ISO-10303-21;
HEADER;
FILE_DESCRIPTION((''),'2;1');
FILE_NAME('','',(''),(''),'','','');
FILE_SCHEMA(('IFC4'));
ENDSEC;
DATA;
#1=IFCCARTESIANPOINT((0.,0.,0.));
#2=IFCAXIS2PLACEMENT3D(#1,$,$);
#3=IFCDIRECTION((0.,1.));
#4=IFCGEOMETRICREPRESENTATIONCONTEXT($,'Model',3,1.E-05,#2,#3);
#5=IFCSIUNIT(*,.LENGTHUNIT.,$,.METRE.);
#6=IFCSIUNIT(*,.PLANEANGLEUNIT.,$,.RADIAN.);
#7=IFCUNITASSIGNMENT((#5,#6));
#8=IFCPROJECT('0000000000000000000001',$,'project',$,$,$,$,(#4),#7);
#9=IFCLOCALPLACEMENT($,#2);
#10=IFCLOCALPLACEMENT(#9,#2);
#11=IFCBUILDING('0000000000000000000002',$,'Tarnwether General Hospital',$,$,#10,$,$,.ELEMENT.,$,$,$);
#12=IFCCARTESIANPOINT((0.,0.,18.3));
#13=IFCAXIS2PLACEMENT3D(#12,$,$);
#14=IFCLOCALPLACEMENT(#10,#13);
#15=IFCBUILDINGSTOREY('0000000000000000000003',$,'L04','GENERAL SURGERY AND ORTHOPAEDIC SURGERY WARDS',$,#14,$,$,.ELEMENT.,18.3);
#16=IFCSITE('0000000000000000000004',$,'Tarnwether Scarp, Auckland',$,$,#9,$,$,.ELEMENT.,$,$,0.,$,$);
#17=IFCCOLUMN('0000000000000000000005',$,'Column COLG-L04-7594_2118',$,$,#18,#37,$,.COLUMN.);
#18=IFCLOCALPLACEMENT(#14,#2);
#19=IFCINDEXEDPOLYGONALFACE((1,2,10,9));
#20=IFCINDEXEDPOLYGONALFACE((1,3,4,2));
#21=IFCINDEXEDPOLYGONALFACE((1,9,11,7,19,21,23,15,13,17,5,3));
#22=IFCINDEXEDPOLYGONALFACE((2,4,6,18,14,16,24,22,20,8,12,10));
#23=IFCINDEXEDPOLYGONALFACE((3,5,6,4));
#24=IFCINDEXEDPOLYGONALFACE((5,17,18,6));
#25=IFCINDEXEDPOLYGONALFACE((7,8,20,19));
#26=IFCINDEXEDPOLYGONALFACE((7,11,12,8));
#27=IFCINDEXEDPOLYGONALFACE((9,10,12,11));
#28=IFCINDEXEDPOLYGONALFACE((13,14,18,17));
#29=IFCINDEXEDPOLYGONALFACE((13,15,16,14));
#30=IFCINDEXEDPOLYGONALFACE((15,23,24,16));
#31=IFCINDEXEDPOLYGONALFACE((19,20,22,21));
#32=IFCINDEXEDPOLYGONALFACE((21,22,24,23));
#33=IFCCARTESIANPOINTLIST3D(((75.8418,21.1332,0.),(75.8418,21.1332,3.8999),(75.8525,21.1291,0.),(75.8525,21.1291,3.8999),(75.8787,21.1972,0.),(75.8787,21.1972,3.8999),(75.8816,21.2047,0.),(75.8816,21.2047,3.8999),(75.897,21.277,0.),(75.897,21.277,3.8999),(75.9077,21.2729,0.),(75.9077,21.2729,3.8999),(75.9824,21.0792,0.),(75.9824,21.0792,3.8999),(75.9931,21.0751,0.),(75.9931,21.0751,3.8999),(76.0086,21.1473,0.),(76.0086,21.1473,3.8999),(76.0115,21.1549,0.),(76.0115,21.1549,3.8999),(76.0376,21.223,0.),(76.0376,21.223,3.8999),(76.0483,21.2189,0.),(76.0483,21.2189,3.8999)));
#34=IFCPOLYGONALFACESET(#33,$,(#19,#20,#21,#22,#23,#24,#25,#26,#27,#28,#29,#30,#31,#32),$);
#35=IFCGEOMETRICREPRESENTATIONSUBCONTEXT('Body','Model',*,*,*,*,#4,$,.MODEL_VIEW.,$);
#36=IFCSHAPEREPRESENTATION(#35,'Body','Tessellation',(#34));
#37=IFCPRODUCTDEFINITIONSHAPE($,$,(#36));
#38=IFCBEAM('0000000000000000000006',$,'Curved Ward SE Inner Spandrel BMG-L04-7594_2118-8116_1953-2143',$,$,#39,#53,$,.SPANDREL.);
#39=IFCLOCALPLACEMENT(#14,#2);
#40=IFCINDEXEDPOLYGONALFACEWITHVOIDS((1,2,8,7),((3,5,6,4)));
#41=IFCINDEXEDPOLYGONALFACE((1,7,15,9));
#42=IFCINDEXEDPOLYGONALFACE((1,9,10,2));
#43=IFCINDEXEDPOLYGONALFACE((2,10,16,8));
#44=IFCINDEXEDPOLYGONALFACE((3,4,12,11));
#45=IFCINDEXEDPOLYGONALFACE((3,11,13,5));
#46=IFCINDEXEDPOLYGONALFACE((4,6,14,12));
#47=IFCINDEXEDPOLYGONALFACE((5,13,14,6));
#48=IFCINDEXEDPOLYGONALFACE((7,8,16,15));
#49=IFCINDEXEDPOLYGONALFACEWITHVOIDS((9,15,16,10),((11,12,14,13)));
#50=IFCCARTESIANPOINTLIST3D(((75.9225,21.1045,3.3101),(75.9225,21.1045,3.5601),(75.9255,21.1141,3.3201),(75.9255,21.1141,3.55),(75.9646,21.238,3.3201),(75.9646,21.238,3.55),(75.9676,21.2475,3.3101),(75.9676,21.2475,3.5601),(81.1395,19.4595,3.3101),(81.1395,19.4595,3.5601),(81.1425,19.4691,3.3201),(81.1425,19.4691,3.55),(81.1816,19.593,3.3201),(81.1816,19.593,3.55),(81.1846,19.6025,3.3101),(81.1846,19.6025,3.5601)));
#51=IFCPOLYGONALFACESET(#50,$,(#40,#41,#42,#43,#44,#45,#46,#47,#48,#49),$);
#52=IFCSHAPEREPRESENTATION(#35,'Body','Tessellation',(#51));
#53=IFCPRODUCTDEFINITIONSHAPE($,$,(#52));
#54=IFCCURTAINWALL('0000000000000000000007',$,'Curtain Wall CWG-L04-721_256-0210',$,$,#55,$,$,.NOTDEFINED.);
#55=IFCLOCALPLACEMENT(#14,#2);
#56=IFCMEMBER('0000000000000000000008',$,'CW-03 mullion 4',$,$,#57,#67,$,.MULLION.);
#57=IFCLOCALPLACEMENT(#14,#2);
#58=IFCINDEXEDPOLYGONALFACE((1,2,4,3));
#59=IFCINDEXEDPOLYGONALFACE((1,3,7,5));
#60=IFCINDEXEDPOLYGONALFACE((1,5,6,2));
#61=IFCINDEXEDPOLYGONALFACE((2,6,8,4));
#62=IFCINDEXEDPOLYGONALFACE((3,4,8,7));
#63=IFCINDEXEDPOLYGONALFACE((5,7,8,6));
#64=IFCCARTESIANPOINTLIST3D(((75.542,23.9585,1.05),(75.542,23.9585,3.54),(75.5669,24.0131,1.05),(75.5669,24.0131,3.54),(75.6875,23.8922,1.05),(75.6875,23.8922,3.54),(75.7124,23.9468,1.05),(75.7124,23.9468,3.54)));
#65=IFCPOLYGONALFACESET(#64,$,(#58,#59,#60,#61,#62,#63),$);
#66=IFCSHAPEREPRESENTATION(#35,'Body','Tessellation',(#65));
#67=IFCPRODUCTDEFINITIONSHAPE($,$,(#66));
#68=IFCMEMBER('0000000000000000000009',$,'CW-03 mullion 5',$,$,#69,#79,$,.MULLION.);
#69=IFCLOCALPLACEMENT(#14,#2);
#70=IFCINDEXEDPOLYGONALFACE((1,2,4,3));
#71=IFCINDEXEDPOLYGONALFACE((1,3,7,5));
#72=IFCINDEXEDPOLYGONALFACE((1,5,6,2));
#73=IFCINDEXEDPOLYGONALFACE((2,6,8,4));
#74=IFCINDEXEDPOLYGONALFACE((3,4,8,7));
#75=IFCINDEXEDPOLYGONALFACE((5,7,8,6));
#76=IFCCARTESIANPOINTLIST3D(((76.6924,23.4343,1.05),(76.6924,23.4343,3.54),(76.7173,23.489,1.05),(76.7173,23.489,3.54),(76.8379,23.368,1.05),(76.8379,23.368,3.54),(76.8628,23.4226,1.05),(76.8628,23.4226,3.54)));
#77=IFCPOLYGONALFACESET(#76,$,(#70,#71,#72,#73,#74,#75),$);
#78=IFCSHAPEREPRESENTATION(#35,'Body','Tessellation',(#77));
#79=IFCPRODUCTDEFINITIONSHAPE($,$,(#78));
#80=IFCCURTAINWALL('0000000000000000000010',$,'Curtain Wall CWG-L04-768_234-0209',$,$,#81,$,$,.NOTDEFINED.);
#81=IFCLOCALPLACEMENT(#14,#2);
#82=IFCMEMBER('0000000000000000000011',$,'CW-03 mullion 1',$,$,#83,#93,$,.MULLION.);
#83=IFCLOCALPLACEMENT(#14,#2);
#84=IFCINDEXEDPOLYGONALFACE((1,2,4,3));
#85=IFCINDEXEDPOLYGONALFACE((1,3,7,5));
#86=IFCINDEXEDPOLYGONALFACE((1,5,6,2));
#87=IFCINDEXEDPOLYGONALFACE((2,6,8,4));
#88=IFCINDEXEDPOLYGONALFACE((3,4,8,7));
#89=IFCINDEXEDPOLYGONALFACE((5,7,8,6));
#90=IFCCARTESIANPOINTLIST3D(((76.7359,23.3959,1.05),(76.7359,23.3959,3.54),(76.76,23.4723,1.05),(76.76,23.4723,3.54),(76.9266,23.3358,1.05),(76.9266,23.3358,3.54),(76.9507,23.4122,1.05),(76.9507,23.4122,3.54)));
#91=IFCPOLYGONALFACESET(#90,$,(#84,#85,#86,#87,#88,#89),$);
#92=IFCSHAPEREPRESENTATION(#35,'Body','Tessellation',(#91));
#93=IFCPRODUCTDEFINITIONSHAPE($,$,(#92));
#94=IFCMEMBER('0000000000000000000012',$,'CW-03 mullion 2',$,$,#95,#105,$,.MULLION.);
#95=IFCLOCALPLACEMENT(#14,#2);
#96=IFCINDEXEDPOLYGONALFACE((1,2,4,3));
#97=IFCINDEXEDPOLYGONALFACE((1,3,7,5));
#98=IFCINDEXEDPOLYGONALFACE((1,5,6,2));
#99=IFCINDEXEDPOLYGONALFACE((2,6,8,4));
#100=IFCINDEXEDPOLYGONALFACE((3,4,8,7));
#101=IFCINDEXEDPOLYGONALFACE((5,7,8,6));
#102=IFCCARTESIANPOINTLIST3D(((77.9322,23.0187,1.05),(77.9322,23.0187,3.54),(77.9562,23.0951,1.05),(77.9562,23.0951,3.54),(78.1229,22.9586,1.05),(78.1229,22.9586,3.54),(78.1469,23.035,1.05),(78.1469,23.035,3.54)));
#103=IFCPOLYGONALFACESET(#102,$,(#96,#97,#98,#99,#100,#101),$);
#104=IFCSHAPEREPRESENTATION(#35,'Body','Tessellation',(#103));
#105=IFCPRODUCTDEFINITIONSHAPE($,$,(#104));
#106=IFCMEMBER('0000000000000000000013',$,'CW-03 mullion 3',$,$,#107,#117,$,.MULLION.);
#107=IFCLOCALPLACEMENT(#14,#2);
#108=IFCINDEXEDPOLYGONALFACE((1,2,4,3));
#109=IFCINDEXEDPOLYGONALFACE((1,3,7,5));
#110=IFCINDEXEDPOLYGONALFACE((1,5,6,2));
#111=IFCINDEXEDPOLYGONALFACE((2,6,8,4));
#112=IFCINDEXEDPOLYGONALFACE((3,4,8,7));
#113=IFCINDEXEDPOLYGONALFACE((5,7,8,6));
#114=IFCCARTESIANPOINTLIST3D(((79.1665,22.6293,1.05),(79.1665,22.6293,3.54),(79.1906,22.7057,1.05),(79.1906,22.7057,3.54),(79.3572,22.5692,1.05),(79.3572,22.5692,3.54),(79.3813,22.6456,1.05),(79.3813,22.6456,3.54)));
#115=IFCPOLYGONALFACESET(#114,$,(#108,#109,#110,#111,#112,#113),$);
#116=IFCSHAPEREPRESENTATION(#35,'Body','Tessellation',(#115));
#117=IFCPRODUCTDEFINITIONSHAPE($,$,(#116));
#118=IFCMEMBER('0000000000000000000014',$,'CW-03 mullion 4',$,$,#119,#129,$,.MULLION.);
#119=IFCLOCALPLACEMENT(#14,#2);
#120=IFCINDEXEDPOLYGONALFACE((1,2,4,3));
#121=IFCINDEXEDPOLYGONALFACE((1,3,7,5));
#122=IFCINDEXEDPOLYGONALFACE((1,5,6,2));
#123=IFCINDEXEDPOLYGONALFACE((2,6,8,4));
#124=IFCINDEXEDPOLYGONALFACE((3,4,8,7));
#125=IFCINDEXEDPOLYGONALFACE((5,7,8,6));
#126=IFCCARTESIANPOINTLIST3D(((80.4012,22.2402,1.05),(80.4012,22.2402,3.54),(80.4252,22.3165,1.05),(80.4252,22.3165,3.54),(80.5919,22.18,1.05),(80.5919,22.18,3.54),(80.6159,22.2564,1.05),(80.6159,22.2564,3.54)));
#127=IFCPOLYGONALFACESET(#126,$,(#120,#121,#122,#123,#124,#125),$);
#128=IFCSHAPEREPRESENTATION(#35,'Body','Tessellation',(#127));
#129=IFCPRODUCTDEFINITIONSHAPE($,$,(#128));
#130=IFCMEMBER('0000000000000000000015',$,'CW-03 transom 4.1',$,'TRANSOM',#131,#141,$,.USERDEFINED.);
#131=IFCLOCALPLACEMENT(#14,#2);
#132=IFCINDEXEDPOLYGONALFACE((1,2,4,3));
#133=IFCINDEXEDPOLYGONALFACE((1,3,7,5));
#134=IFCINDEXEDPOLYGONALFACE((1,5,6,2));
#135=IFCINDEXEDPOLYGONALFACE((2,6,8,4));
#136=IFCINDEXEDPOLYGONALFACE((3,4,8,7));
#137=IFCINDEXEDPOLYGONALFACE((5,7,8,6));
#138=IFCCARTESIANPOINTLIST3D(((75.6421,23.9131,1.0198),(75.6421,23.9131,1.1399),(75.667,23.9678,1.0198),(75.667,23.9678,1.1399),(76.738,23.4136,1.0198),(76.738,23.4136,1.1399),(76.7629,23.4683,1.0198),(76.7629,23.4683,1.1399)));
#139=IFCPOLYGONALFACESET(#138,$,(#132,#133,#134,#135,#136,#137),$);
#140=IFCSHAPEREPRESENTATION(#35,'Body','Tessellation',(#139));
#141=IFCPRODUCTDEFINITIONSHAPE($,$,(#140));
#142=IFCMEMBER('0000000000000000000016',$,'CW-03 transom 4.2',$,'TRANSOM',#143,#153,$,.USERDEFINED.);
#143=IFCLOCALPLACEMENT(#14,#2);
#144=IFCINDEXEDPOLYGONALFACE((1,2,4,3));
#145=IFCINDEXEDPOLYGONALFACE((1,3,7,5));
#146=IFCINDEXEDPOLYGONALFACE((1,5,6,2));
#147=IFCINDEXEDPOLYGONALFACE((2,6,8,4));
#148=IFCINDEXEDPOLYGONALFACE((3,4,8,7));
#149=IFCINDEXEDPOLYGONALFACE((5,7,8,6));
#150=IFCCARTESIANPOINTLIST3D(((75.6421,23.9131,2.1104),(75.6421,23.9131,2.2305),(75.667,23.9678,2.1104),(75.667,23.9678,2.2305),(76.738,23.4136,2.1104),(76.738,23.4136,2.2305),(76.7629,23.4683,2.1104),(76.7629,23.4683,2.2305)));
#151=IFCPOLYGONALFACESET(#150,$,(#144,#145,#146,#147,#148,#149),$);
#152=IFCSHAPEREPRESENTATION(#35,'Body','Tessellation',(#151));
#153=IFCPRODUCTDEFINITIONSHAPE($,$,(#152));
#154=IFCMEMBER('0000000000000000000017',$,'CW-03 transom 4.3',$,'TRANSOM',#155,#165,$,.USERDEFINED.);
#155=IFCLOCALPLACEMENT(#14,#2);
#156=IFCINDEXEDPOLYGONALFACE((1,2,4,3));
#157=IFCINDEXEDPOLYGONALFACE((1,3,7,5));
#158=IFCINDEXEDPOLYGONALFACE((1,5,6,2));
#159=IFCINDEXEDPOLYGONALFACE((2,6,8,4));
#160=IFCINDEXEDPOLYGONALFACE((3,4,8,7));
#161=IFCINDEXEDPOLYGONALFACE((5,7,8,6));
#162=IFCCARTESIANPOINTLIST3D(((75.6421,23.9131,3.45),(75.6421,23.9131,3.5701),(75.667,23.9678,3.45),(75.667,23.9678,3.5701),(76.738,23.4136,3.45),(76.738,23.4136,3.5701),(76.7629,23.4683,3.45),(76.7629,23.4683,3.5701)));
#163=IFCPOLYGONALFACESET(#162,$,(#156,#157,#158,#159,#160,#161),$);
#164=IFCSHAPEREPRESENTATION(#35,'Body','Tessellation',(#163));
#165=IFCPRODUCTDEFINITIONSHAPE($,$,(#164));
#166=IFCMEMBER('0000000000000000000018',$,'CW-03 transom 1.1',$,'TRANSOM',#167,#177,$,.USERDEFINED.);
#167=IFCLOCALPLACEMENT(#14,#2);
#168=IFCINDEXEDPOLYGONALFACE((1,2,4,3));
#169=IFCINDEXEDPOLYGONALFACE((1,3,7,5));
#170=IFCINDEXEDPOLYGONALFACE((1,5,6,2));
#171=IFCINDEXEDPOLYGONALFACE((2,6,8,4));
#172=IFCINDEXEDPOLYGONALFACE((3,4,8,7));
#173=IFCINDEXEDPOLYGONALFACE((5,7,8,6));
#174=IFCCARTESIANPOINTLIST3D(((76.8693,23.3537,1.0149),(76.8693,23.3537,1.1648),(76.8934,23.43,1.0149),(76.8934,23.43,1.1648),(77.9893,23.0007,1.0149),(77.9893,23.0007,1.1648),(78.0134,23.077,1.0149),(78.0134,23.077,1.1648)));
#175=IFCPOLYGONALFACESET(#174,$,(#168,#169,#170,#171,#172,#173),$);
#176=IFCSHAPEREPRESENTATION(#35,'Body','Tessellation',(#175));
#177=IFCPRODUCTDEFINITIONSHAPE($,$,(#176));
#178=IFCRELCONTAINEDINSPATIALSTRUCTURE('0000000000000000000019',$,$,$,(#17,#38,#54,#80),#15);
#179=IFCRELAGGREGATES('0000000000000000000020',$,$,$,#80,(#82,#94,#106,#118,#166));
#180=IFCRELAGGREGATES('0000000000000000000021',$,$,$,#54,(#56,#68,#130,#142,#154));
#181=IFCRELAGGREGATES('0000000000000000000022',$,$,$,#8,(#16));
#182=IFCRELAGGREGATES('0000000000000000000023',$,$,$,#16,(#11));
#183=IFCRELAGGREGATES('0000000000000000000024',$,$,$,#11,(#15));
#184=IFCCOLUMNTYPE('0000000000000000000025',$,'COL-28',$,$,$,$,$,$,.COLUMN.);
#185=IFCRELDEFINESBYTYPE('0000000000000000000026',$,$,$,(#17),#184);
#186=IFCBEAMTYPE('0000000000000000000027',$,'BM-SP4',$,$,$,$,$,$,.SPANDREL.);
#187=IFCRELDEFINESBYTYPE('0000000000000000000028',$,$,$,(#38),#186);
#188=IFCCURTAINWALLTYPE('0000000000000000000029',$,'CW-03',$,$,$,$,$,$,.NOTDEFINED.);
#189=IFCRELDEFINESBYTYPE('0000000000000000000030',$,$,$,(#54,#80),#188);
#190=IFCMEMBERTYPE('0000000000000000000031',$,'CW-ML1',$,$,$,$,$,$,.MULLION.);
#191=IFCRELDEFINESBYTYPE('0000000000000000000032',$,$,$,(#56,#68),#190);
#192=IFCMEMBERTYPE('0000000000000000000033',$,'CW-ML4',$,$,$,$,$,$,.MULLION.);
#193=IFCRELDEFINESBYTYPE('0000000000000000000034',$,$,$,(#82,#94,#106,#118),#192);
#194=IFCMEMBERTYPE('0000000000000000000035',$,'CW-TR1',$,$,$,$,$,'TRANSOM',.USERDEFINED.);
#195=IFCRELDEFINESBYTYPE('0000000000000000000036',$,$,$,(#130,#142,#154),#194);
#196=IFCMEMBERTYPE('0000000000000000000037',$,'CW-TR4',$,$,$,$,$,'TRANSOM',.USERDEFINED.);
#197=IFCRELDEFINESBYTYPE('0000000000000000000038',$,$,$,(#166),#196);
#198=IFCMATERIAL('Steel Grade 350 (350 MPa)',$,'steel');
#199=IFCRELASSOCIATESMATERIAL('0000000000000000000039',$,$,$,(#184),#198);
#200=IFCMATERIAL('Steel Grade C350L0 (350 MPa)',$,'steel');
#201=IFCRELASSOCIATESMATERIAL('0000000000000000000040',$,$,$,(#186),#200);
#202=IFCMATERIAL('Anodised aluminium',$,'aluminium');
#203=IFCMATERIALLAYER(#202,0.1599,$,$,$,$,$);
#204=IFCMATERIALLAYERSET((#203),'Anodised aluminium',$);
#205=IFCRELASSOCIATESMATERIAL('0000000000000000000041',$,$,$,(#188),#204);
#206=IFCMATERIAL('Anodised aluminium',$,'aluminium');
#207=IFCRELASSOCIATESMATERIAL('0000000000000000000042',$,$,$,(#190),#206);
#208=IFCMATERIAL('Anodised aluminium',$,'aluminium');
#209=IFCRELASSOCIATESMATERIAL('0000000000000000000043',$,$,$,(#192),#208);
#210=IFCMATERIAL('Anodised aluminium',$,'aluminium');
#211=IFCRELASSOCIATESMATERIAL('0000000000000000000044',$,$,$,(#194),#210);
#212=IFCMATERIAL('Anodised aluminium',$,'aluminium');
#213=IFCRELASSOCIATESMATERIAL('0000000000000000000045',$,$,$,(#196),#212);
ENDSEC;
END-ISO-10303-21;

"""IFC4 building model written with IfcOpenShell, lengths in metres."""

from ifc_helpers import new_model, si_unit, direction, frame, origin, origin_2d, place, context, subcontext, project, spatial, rectangle, hollow_rectangle, i_section, extrude, material, layer, layer_set, material_profile, profile_set, type_object, element, aggregate, save


model = new_model("IFC4")

# Units and contexts
model_context = context("Model", 3, precision=1e-05, world=origin(), true_north=direction((0.0, 1.0)))
body_context = subcontext(model_context, "Body", "Model", "MODEL_VIEW")
ifc_project = project(units=[si_unit("LENGTHUNIT", "METRE"), si_unit("PLANEANGLEUNIT", "RADIAN")], contexts=[model_context])

# Site, building, storey
site_placement = place(None, origin())
site = spatial("IfcSite", under=ifc_project, at=site_placement, Name="Tarnwether Scarp, Auckland", CompositionType="ELEMENT", RefElevation=0.0)
building_placement = place(site_placement, origin())
building = spatial("IfcBuilding", under=site, at=building_placement, Name="Tarnwether General Hospital", CompositionType="ELEMENT")
storey_placement = place(building_placement, frame((0.0, 0.0, 18.3)))
storey = spatial("IfcBuildingStorey", under=building, at=storey_placement, Name="L04", Description="GENERAL SURGERY AND ORTHOPAEDIC SURGERY WARDS", CompositionType="ELEMENT", Elevation=18.3)

# Column
ifc_material_1 = material(Name="Steel Grade 350 (350 MPa)", Category="steel")
ifc_material_profile_1 = material_profile(ifc_material_1, i_section(OverallWidth=0.1541, OverallDepth=0.1621, WebThickness=0.0081, FlangeThickness=0.0115, at=origin_2d()), Name="150UC37.2")
ifc_profile_set_1 = profile_set([ifc_material_profile_1], Name="Steel Grade 350 (350 MPa)")
column_type = type_object("IfcColumnType", Name="COL-28", PredefinedType="COLUMN", material=ifc_profile_set_1)
column_placement = place(storey_placement, frame((75.9451, 21.176, 0.0), z_axis=(0.0, 0.0, 1.0), x_axis=(0.358368, 0.93358, 0.0)))
element("IfcColumn", 1, at=column_placement, inside=storey, type_object=column_type, Name="Column COLG-L04-7594_2118", PredefinedType="COLUMN", context=body_context, shape_type="SweptSolid", body=[
    extrude(i_section(OverallWidth=0.1541, OverallDepth=0.1621, WebThickness=0.0081, FlangeThickness=0.0115, at=origin_2d()), origin(), (0.0, 0.0, 1.0), 3.8999),
])

# Beam
ifc_material_2 = material(Name="Steel Grade C350L0 (350 MPa)", Category="steel")
ifc_material_profile_2 = material_profile(ifc_material_2, hollow_rectangle(XDim=0.1499, YDim=0.25, WallThickness=0.01, at=origin_2d()), Name="RHS250x150x10")
ifc_profile_set_2 = profile_set([ifc_material_profile_2], Name="Steel Grade C350L0 (350 MPa)")
beam_type = type_object("IfcBeamType", Name="BM-SP4", PredefinedType="SPANDREL", material=ifc_profile_set_2)
beam_placement = place(storey_placement, frame((75.9451, 21.176, 3.4351), z_axis=(0.953712, -0.300721, 0.0), x_axis=(0.300721, 0.953712, 0.0)))
element("IfcBeam", 2, at=beam_placement, inside=storey, type_object=beam_type, Name="Curved Ward SE Inner Spandrel BMG-L04-7594_2118-8116_1953-2143", PredefinedType="SPANDREL", context=body_context, shape_type="SweptSolid", body=[
    extrude(hollow_rectangle(XDim=0.1499, YDim=0.25, WallThickness=0.01, at=origin_2d()), origin(), (0.0, 0.0, 1.0), 5.4702),
])

# Curtain walls, members
ifc_material_3 = material(Name="Anodised aluminium", Category="aluminium")
ifc_layer_1 = layer(ifc_material_3, 0.1599)
ifc_layer_set_1 = layer_set([ifc_layer_1], Name="Anodised aluminium")
curtain_wall_type = type_object("IfcCurtainWallType", Name="CW-03", PredefinedType="NOTDEFINED", material=ifc_layer_set_1)
curtain_wall_1_placement = place(storey_placement, origin())
curtain_wall_1 = element("IfcCurtainWall", 3, at=curtain_wall_1_placement, inside=storey, type_object=curtain_wall_type, Name="Curtain Wall CWG-L04-721_256-0210", PredefinedType="NOTDEFINED")
ifc_material_4 = material(Name="Anodised aluminium", Category="aluminium")
ifc_material_profile_3 = material_profile(ifc_material_4, rectangle(XDim=0.0601, YDim=0.1599, at=origin_2d()), Name="ALU-MUL-60x160")
ifc_profile_set_3 = profile_set([ifc_material_profile_3], Name="Anodised aluminium")
member_type_1 = type_object("IfcMemberType", Name="CW-ML1", PredefinedType="MULLION", material=ifc_profile_set_3)
member_1_placement = place(storey_placement, frame((75.6272, 23.9526, 1.05), z_axis=(0.0, 0.0, 1.0), x_axis=(0.414705, 0.909956, 0.0)))
member_1 = element("IfcMember", 4, at=member_1_placement, type_object=member_type_1, Name="CW-03 mullion 4", PredefinedType="MULLION", context=body_context, shape_type="SweptSolid", body=[
    extrude(rectangle(XDim=0.0601, YDim=0.1599, at=origin_2d()), origin(), (0.0, 0.0, 1.0), 2.49),
])
member_2_placement = place(storey_placement, frame((76.7776, 23.4285, 1.05), z_axis=(0.0, 0.0, 1.0), x_axis=(0.414705, 0.909956, 0.0)))
member_2 = element("IfcMember", 5, at=member_2_placement, type_object=member_type_1, Name="CW-03 mullion 5", PredefinedType="MULLION", context=body_context, shape_type="SweptSolid", body=[
    extrude(rectangle(XDim=0.0601, YDim=0.1599, at=origin_2d()), origin(), (0.0, 0.0, 1.0), 2.49),
])
curtain_wall_2_placement = place(storey_placement, origin())
curtain_wall_2 = element("IfcCurtainWall", 6, at=curtain_wall_2_placement, inside=storey, type_object=curtain_wall_type, Name="Curtain Wall CWG-L04-768_234-0209", PredefinedType="NOTDEFINED")
ifc_material_5 = material(Name="Anodised aluminium", Category="aluminium")
ifc_material_profile_4 = material_profile(ifc_material_5, rectangle(XDim=0.0801, YDim=0.2, at=origin_2d()), Name="ALU-MUL-80x200")
ifc_profile_set_4 = profile_set([ifc_material_profile_4], Name="Anodised aluminium")
member_type_2 = type_object("IfcMemberType", Name="CW-ML4", PredefinedType="MULLION", material=ifc_profile_set_4)
member_3_placement = place(storey_placement, frame((76.8433, 23.4041, 1.05), z_axis=(0.0, 0.0, 1.0), x_axis=(0.300715, 0.953714, 0.0)))
member_3 = element("IfcMember", 7, at=member_3_placement, type_object=member_type_2, Name="CW-03 mullion 1", PredefinedType="MULLION", context=body_context, shape_type="SweptSolid", body=[
    extrude(rectangle(XDim=0.0801, YDim=0.2, at=origin_2d()), origin(), (0.0, 0.0, 1.0), 2.49),
])
member_4_placement = place(storey_placement, frame((78.0396, 23.0269, 1.05), z_axis=(0.0, 0.0, 1.0), x_axis=(0.300715, 0.953714, 0.0)))
member_4 = element("IfcMember", 8, at=member_4_placement, type_object=member_type_2, Name="CW-03 mullion 2", PredefinedType="MULLION", context=body_context, shape_type="SweptSolid", body=[
    extrude(rectangle(XDim=0.0801, YDim=0.2, at=origin_2d()), origin(), (0.0, 0.0, 1.0), 2.49),
])
member_5_placement = place(storey_placement, frame((79.2739, 22.6375, 1.05), z_axis=(0.0, 0.0, 1.0), x_axis=(0.300715, 0.953714, 0.0)))
member_5 = element("IfcMember", 9, at=member_5_placement, type_object=member_type_2, Name="CW-03 mullion 3", PredefinedType="MULLION", context=body_context, shape_type="SweptSolid", body=[
    extrude(rectangle(XDim=0.0801, YDim=0.2, at=origin_2d()), origin(), (0.0, 0.0, 1.0), 2.49),
])
member_6_placement = place(storey_placement, frame((80.5085, 22.2483, 1.05), z_axis=(0.0, 0.0, 1.0), x_axis=(0.300715, 0.953714, 0.0)))
member_6 = element("IfcMember", 10, at=member_6_placement, type_object=member_type_2, Name="CW-03 mullion 4", PredefinedType="MULLION", context=body_context, shape_type="SweptSolid", body=[
    extrude(rectangle(XDim=0.0801, YDim=0.2, at=origin_2d()), origin(), (0.0, 0.0, 1.0), 2.49),
])

# Members
ifc_material_6 = material(Name="Anodised aluminium", Category="aluminium")
ifc_material_profile_5 = material_profile(ifc_material_6, rectangle(XDim=0.0601, YDim=0.1201, at=origin_2d()), Name="ALU-TRN-60x120")
ifc_profile_set_5 = profile_set([ifc_material_profile_5], Name="Anodised aluminium")
member_type_3 = type_object("IfcMemberType", Name="CW-TR1", ElementType="TRANSOM", PredefinedType="USERDEFINED", material=ifc_profile_set_5)
member_7_placement = place(storey_placement, frame((75.6545, 23.9404, 1.0798), z_axis=(0.909943, -0.414734, 0.0), x_axis=(0.414734, 0.909943, 0.0)))
member_7 = element("IfcMember", 11, at=member_7_placement, type_object=member_type_3, Name="CW-03 transom 4.1", ObjectType="TRANSOM", PredefinedType="USERDEFINED", context=body_context, shape_type="SweptSolid", body=[
    extrude(rectangle(XDim=0.0601, YDim=0.1201, at=origin_2d()), origin(), (0.0, 0.0, 1.0), 1.2043),
])
member_8_placement = place(storey_placement, frame((75.6545, 23.9404, 2.1704), z_axis=(0.909943, -0.414734, 0.0), x_axis=(0.414734, 0.909943, 0.0)))
member_8 = element("IfcMember", 12, at=member_8_placement, type_object=member_type_3, Name="CW-03 transom 4.2", ObjectType="TRANSOM", PredefinedType="USERDEFINED", context=body_context, shape_type="SweptSolid", body=[
    extrude(rectangle(XDim=0.0601, YDim=0.1201, at=origin_2d()), origin(), (0.0, 0.0, 1.0), 1.2043),
])
member_9_placement = place(storey_placement, frame((75.6545, 23.9404, 3.51), z_axis=(0.909943, -0.414734, 0.0), x_axis=(0.414734, 0.909943, 0.0)))
member_9 = element("IfcMember", 13, at=member_9_placement, type_object=member_type_3, Name="CW-03 transom 4.3", ObjectType="TRANSOM", PredefinedType="USERDEFINED", context=body_context, shape_type="SweptSolid", body=[
    extrude(rectangle(XDim=0.0601, YDim=0.1201, at=origin_2d()), origin(), (0.0, 0.0, 1.0), 1.2043),
])
ifc_material_7 = material(Name="Anodised aluminium", Category="aluminium")
ifc_material_profile_6 = material_profile(ifc_material_7, rectangle(XDim=0.0801, YDim=0.1499, at=origin_2d()), Name="ALU-TRN-80x150")
ifc_profile_set_6 = profile_set([ifc_material_profile_6], Name="Anodised aluminium")
member_type_4 = type_object("IfcMemberType", Name="CW-TR4", ElementType="TRANSOM", PredefinedType="USERDEFINED", material=ifc_profile_set_6)
member_10_placement = place(storey_placement, frame((76.8813, 23.3918, 1.0898), z_axis=(0.953752, -0.300594, 0.0), x_axis=(0.300594, 0.953752, 0.0)))
member_10 = element("IfcMember", 14, at=member_10_placement, type_object=member_type_4, Name="CW-03 transom 1.1", ObjectType="TRANSOM", PredefinedType="USERDEFINED", context=body_context, shape_type="SweptSolid", body=[
    extrude(rectangle(XDim=0.0801, YDim=0.1499, at=origin_2d()), origin(), (0.0, 0.0, 1.0), 1.1743),
])

aggregate(curtain_wall_2, [member_3, member_4, member_5, member_6, member_10])
aggregate(curtain_wall_1, [member_1, member_2, member_7, member_8, member_9])

save(model, "model.ifc")
